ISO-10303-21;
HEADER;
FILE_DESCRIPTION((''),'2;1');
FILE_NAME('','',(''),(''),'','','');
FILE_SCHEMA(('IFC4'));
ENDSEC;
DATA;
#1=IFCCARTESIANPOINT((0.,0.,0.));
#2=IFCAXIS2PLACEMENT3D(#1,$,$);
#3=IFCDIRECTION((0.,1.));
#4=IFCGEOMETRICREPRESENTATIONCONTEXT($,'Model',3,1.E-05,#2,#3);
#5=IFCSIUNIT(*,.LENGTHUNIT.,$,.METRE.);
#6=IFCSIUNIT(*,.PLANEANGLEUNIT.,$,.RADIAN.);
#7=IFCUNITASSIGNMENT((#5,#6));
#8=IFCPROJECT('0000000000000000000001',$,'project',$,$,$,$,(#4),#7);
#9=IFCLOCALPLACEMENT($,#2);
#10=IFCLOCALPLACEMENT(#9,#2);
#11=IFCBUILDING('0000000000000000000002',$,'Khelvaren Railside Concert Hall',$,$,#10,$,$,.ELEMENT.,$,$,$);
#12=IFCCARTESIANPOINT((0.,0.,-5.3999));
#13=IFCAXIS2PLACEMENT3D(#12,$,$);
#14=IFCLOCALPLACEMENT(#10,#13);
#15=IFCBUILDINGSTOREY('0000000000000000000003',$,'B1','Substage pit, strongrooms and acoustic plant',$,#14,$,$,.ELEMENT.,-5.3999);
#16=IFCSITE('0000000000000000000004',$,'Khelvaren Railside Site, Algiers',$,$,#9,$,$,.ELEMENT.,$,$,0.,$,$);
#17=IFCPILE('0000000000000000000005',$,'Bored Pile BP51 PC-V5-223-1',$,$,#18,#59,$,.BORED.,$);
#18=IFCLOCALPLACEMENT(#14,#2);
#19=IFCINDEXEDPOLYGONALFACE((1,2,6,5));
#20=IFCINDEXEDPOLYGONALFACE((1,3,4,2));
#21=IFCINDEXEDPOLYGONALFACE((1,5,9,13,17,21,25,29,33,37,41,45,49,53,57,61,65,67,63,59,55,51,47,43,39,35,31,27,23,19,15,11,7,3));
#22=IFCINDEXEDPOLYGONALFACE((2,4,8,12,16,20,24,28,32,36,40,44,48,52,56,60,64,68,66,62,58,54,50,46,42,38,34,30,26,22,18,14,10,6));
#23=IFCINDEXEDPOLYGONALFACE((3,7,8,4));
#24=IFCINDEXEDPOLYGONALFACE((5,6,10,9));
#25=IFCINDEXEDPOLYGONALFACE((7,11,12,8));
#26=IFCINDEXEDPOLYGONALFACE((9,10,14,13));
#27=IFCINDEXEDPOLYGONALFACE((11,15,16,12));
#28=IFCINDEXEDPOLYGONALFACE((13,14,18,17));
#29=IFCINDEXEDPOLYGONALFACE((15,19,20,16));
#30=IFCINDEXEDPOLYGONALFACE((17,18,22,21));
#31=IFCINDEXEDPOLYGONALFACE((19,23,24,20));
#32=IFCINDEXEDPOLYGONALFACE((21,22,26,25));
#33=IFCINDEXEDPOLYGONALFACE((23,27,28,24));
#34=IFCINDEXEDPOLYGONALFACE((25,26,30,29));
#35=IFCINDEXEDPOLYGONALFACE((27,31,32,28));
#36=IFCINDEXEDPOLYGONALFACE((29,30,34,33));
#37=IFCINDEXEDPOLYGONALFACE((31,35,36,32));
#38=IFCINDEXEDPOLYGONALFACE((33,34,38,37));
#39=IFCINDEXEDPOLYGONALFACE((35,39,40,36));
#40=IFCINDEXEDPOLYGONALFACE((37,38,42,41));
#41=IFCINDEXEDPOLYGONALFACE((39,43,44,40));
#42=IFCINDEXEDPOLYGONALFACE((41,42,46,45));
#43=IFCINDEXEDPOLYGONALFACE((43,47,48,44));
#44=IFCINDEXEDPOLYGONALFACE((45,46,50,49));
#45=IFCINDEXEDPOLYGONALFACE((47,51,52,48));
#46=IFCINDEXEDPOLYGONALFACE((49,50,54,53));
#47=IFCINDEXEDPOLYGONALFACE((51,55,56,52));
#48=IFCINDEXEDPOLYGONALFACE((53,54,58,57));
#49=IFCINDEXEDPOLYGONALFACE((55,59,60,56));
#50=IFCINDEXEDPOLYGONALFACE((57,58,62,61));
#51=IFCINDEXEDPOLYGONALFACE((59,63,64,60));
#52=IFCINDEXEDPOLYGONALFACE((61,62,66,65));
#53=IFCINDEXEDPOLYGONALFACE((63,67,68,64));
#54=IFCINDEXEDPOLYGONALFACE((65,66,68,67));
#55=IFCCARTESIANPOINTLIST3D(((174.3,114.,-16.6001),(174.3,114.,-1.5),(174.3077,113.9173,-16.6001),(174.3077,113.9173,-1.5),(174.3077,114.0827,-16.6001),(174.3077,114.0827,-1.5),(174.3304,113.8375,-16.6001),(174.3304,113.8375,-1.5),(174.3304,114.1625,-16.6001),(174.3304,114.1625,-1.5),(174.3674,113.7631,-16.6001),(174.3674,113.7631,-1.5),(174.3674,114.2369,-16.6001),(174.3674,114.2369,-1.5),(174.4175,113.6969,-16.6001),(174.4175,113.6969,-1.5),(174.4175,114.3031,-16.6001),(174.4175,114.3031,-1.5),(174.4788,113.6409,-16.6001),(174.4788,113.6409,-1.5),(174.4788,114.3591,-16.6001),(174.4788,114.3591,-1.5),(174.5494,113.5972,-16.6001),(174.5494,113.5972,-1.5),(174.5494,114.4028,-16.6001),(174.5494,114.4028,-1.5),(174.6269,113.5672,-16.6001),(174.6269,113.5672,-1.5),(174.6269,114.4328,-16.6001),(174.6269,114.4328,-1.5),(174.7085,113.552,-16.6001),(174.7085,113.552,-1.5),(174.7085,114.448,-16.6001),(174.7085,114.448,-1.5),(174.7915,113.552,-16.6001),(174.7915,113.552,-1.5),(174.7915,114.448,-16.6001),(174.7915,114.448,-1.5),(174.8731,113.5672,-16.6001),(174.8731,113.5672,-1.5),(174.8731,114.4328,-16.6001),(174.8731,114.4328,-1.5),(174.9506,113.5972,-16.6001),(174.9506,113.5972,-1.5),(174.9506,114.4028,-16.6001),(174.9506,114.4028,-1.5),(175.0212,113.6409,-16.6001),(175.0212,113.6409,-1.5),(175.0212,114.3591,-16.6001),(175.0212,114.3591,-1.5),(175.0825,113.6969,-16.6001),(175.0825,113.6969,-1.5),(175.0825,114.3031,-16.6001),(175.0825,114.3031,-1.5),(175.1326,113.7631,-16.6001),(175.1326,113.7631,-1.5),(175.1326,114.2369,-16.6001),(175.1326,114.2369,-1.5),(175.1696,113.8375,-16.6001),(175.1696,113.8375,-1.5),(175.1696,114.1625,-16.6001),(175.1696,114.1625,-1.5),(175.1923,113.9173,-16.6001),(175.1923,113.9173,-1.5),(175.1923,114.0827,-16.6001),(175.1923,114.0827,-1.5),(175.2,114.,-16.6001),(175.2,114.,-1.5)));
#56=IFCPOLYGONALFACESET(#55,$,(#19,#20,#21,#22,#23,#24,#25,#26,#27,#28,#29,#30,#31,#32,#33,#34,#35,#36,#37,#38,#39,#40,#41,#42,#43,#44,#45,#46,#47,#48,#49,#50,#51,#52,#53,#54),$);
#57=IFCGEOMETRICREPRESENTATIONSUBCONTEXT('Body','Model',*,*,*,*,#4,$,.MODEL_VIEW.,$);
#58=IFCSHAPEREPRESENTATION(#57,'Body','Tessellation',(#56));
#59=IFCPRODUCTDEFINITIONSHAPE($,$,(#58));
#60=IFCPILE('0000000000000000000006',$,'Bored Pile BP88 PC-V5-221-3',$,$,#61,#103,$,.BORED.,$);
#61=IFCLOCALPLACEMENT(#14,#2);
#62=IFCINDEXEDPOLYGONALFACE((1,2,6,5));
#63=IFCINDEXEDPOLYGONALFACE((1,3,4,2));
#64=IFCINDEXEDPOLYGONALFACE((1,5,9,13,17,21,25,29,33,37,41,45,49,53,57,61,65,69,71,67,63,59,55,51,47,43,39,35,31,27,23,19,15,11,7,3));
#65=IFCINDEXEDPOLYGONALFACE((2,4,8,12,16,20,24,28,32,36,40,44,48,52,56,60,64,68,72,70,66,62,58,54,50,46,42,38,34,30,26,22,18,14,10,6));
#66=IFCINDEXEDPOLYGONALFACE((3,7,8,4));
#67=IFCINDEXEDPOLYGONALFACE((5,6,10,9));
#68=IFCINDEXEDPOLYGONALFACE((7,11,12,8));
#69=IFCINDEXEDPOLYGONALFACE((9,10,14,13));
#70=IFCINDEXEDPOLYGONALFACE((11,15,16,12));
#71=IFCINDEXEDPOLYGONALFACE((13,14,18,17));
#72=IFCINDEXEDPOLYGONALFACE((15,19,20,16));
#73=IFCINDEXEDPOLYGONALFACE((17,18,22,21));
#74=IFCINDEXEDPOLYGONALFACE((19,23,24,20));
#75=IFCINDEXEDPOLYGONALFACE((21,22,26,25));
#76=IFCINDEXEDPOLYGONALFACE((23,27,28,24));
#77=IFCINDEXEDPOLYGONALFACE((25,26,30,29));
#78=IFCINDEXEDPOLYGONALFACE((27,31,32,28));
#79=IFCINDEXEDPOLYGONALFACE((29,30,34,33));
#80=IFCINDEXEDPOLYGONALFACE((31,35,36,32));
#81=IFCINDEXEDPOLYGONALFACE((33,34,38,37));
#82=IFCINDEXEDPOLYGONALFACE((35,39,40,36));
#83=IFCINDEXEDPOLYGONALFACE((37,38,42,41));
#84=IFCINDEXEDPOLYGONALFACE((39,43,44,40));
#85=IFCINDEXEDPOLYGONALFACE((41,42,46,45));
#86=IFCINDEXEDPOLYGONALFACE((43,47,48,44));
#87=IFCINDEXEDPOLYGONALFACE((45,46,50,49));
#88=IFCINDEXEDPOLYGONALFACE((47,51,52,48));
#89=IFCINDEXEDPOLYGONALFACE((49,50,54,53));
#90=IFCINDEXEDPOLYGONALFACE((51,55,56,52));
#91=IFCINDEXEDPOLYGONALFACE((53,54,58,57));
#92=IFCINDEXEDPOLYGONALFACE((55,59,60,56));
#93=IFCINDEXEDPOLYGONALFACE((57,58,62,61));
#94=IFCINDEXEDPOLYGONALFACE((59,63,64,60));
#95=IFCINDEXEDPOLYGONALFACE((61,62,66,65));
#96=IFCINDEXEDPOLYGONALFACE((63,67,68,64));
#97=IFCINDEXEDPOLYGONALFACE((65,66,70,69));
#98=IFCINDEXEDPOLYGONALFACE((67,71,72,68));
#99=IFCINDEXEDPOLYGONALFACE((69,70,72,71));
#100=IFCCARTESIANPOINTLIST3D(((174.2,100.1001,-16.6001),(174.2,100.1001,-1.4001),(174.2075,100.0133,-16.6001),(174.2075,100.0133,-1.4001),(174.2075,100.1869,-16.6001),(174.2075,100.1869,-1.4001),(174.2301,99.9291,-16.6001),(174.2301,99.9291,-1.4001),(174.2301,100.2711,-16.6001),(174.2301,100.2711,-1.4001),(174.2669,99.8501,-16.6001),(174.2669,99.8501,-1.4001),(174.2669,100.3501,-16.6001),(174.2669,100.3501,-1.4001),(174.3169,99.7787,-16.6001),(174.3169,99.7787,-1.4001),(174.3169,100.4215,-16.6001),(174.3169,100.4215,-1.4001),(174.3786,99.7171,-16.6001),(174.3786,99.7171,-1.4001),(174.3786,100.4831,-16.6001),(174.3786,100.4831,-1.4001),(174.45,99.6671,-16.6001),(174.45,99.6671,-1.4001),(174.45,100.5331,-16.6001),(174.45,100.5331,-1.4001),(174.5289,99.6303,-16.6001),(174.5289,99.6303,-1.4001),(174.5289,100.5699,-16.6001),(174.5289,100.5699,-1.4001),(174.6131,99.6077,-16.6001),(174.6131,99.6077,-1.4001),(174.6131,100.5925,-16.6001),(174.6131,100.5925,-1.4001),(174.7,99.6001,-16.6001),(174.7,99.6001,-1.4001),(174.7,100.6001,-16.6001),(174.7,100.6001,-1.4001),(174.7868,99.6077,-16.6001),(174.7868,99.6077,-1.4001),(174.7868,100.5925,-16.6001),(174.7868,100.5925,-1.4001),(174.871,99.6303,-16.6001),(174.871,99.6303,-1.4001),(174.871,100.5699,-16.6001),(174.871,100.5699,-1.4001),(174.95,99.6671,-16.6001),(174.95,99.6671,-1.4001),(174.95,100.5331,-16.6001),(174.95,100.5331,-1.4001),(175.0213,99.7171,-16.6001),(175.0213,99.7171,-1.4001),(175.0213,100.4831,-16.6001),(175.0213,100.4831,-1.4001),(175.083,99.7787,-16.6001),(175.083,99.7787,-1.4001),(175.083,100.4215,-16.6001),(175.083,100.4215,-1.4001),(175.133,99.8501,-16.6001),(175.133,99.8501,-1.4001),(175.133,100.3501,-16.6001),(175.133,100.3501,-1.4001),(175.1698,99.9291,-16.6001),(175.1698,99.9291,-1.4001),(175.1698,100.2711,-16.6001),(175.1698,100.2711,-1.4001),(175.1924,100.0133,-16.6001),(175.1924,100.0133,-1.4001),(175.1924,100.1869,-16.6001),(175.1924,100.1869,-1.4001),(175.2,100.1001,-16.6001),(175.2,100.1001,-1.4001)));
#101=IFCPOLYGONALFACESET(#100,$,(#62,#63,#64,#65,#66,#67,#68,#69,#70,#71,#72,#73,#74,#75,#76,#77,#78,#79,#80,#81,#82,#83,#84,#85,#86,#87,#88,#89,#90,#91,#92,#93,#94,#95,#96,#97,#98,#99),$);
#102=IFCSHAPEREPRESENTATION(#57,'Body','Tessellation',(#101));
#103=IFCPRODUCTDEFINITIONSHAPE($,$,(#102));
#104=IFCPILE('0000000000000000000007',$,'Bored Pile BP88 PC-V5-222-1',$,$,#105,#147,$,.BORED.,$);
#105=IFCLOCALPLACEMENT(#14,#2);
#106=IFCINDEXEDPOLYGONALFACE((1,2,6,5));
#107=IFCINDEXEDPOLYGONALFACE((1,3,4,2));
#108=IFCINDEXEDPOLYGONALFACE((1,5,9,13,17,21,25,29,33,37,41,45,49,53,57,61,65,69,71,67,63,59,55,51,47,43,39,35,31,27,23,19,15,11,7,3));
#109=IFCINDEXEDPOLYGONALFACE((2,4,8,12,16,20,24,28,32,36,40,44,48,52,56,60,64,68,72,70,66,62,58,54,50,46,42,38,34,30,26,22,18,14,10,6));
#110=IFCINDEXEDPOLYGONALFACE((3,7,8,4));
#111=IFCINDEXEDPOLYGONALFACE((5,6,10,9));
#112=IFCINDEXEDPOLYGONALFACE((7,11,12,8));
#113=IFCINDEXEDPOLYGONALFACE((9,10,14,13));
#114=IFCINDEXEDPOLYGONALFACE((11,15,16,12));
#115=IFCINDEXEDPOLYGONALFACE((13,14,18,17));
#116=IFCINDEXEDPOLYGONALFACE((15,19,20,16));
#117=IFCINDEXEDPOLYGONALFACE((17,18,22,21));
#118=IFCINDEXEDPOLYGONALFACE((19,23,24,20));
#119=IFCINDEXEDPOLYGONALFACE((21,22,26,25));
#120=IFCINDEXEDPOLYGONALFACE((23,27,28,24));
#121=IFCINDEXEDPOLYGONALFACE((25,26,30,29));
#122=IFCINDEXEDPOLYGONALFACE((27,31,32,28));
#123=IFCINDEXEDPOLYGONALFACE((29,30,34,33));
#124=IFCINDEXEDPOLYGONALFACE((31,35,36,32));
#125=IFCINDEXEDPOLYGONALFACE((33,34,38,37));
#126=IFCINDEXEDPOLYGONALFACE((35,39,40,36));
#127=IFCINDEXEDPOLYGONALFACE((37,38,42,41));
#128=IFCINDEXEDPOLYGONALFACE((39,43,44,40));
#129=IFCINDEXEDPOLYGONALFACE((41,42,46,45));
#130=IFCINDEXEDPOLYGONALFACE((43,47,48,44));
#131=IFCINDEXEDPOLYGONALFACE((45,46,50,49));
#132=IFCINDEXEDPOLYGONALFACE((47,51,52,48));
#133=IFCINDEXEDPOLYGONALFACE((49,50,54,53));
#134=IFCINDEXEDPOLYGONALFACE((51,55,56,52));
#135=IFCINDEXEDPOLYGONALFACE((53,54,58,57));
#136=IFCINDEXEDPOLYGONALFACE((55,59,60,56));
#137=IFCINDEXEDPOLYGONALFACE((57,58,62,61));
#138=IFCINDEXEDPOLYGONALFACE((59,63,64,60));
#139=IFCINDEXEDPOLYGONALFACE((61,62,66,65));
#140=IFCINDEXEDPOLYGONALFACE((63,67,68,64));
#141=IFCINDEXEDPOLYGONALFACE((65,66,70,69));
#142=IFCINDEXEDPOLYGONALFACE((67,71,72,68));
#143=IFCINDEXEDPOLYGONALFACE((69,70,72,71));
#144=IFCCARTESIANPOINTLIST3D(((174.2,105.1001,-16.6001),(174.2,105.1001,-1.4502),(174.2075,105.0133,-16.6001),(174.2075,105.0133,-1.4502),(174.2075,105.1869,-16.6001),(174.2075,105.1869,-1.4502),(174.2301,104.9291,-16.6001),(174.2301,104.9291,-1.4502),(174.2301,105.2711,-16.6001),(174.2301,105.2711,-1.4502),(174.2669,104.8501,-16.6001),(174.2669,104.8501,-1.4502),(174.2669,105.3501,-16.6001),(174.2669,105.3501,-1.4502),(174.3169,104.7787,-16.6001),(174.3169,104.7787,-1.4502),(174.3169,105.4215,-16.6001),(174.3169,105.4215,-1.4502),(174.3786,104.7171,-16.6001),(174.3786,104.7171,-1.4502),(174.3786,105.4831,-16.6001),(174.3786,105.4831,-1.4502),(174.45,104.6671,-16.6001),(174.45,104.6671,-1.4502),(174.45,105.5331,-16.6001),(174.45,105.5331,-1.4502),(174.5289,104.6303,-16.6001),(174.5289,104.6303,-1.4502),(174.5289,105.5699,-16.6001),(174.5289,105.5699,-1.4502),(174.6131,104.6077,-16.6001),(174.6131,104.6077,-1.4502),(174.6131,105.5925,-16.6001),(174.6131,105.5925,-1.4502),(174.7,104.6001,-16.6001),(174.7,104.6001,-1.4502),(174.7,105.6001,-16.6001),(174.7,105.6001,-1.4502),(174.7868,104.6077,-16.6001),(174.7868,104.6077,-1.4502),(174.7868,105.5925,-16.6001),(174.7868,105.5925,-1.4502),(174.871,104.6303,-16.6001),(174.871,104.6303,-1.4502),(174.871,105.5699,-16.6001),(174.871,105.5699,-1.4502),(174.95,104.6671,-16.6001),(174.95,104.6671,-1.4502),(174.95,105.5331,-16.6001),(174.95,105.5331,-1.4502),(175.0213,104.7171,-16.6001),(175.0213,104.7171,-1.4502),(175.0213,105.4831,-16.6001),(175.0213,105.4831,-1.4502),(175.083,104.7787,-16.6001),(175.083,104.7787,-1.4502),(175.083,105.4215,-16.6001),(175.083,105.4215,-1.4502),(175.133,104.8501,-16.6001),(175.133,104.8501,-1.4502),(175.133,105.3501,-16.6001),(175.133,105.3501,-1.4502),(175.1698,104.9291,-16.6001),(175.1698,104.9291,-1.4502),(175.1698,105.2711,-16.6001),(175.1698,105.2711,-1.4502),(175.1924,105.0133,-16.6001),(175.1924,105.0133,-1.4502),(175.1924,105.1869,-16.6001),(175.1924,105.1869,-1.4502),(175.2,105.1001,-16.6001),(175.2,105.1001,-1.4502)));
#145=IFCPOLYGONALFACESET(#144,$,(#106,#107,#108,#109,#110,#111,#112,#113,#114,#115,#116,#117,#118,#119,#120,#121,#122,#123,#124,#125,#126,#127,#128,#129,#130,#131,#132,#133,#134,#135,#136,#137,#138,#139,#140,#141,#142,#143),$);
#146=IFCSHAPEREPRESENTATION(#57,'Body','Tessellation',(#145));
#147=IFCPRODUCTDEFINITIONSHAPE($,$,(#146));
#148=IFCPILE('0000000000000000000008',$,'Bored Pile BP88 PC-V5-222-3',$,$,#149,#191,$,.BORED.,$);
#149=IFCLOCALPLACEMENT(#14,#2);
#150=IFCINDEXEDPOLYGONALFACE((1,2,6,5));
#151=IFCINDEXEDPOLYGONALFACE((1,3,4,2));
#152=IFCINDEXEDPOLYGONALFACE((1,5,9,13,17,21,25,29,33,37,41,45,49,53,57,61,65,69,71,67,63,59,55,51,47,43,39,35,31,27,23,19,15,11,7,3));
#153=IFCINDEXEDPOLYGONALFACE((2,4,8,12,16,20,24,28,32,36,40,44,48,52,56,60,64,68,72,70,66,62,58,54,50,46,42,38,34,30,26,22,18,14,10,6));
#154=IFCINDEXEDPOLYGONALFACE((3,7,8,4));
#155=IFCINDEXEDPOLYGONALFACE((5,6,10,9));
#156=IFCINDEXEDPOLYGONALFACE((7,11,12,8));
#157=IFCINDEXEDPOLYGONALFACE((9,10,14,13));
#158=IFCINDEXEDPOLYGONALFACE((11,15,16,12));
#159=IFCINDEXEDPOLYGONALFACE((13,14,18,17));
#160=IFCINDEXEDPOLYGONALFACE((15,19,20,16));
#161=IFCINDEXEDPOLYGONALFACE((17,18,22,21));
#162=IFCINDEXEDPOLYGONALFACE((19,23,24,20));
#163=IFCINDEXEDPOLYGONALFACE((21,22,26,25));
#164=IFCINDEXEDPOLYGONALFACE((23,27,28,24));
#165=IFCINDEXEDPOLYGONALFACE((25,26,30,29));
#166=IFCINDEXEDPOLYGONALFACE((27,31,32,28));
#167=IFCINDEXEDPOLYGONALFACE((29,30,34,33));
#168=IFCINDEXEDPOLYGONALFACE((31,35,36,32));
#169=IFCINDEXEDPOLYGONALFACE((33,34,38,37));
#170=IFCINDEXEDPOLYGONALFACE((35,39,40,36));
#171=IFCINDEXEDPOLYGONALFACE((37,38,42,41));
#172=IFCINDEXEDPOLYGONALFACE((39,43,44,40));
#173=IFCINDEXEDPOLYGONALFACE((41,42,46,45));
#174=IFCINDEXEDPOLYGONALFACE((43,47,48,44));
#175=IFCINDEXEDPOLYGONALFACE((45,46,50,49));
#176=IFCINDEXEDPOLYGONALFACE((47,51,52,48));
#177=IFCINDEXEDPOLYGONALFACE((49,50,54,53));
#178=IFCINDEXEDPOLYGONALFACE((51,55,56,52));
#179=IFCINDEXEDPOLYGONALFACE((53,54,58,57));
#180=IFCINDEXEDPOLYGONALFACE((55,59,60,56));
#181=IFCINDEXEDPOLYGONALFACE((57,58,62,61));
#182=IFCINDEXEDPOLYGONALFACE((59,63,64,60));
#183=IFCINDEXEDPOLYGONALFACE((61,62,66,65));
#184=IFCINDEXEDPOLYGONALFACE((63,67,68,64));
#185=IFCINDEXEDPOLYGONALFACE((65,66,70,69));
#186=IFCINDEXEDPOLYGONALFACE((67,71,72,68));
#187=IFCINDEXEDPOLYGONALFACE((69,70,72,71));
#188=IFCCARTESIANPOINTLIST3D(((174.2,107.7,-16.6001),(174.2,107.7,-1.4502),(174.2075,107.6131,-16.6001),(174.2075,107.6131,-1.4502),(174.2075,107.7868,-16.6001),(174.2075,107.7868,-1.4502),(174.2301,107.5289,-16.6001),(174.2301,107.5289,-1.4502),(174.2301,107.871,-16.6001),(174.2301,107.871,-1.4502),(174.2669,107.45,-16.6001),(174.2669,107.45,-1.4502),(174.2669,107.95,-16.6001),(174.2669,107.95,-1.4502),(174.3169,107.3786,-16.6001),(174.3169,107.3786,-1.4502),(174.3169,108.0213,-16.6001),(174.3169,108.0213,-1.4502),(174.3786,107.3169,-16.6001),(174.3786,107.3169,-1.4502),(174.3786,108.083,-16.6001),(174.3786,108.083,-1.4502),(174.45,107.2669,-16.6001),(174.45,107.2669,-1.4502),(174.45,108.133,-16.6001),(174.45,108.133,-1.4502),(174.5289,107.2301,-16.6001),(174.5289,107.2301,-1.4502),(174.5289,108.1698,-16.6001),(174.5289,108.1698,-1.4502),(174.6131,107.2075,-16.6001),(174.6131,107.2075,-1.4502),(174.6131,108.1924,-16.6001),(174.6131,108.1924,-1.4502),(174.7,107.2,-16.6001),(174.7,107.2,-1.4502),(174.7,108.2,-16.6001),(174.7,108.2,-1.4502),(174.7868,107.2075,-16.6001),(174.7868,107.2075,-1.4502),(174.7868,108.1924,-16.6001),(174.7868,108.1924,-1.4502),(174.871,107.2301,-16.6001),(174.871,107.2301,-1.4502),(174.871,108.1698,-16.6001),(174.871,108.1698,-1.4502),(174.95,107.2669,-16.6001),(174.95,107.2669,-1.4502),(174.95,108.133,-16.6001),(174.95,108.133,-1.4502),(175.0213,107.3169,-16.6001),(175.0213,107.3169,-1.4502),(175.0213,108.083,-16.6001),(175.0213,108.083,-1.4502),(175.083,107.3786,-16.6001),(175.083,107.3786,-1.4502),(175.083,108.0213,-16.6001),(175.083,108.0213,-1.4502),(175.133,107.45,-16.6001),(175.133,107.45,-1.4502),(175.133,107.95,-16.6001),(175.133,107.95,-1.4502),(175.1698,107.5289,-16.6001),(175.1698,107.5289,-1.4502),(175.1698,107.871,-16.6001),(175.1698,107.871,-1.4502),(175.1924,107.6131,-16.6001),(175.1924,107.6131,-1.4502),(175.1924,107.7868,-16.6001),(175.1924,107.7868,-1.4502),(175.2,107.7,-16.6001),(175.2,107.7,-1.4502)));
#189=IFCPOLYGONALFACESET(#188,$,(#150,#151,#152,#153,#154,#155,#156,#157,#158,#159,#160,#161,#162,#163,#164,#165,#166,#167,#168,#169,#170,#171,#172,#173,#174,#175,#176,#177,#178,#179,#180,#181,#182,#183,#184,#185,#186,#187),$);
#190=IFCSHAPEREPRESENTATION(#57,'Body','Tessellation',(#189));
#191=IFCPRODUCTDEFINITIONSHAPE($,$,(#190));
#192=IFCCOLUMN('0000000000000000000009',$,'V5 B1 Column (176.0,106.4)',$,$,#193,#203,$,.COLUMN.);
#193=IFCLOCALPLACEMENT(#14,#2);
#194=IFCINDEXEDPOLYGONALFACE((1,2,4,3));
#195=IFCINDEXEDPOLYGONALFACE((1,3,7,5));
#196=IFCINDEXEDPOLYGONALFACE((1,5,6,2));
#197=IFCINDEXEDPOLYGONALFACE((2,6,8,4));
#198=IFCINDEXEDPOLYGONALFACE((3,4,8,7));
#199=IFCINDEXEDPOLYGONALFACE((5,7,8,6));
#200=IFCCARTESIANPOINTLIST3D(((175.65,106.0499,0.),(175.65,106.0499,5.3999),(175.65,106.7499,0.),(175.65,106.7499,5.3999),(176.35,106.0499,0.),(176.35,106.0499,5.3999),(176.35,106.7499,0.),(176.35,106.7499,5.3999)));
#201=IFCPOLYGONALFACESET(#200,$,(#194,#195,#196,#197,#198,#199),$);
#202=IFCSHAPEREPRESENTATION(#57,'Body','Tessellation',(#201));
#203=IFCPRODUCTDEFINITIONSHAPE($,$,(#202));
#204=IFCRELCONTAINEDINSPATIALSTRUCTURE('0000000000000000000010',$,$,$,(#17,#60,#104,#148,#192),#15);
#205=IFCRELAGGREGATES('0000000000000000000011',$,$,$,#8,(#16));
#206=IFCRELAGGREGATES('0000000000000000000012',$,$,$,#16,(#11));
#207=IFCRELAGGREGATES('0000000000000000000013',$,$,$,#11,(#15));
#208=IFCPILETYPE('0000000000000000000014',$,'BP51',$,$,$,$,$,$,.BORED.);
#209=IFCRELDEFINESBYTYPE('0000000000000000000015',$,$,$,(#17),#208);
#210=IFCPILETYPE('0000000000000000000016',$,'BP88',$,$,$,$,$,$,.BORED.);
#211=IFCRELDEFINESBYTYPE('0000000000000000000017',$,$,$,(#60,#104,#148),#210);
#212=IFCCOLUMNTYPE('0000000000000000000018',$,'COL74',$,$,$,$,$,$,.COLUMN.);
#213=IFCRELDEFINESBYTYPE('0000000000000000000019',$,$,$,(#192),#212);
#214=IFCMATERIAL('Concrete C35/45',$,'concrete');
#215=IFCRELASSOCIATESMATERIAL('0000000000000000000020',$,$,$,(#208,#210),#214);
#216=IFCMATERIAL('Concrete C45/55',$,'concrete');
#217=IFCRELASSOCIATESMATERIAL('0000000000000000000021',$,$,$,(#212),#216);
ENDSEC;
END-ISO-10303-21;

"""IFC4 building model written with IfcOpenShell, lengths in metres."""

from ifc_helpers import new_model, si_unit, direction, frame, origin, origin_2d, place, context, subcontext, project, spatial, rectangle, circle, extrude, material, material_profile, profile_set, type_object, element, save


model = new_model("IFC4")

# Units and contexts
model_context = context("Model", 3, precision=1e-05, world=origin(), true_north=direction((0.0, 1.0)))
body_context = subcontext(model_context, "Body", "Model", "MODEL_VIEW")
ifc_project = project(units=[si_unit("LENGTHUNIT", "METRE"), si_unit("PLANEANGLEUNIT", "RADIAN")], contexts=[model_context])

# Site, building, storey
site_placement = place(None, origin())
site = spatial("IfcSite", under=ifc_project, at=site_placement, Name="Khelvaren Railside Site, Algiers", CompositionType="ELEMENT", RefElevation=0.0)
building_placement = place(site_placement, origin())
building = spatial("IfcBuilding", under=site, at=building_placement, Name="Khelvaren Railside Concert Hall", CompositionType="ELEMENT")
storey_placement = place(building_placement, frame((0.0, 0.0, -5.3999)))
storey = spatial("IfcBuildingStorey", under=building, at=storey_placement, Name="B1", Description="Substage pit, strongrooms and acoustic plant", CompositionType="ELEMENT", Elevation=-5.3999)

# Piles
ifc_material_1 = material(Name="Concrete C35/45", Category="concrete")
ifc_material_profile_1 = material_profile(ifc_material_1, circle(Radius=0.45, at=origin_2d()), Name="BP D900")
ifc_profile_set_1 = profile_set([ifc_material_profile_1], Name="Concrete C35/45")
pile_type_1 = type_object("IfcPileType", Name="BP51", PredefinedType="BORED", material=ifc_profile_set_1)
pile_1_placement = place(storey_placement, frame((174.75, 114.0, -1.5), z_axis=(0.0, 0.0, -1.0), x_axis=(1.0, 0.0, 0.0)))
element("IfcPile", 1, at=pile_1_placement, inside=storey, type_object=pile_type_1, Name="Bored Pile BP51 PC-V5-223-1", PredefinedType="BORED", context=body_context, shape_type="SweptSolid", body=[
    extrude(circle(Radius=0.45, at=origin_2d()), origin(), (0.0, 0.0, 1.0), 15.1001),
])
ifc_material_profile_2 = material_profile(ifc_material_1, circle(Radius=0.5, at=origin_2d()), Name="BP D1000")
ifc_profile_set_2 = profile_set([ifc_material_profile_2], Name="Concrete C35/45")
pile_type_2 = type_object("IfcPileType", Name="BP88", PredefinedType="BORED", material=ifc_profile_set_2)
pile_2_placement = place(storey_placement, frame((174.7, 100.1001, -1.4001), z_axis=(0.0, 0.0, -1.0), x_axis=(1.0, 0.0, 0.0)))
element("IfcPile", 2, at=pile_2_placement, inside=storey, type_object=pile_type_2, Name="Bored Pile BP88 PC-V5-221-3", PredefinedType="BORED", context=body_context, shape_type="SweptSolid", body=[
    extrude(circle(Radius=0.5, at=origin_2d()), origin(), (0.0, 0.0, 1.0), 15.2),
])
for number, where, z_axis, x_axis, name in (
    (3, (174.7, 105.1001, -1.4502), (0.0, 0.0, -1.0), (1.0, 0.0, 0.0), "Bored Pile BP88 PC-V5-222-1"),
    (4, (174.7, 107.7, -1.4502), (0.0, 0.0, -1.0), (1.0, 0.0, 0.0), "Bored Pile BP88 PC-V5-222-3"),
):
    element("IfcPile", number, at=place(storey_placement, frame(where, z_axis=z_axis, x_axis=x_axis)), inside=storey, type_object=pile_type_2, Name=name, PredefinedType="BORED", context=body_context, shape_type="SweptSolid", body=[
        extrude(circle(Radius=0.5, at=origin_2d()), origin(), (0.0, 0.0, 1.0), 15.1499),
    ])

# Column
ifc_material_2 = material(Name="Concrete C45/55", Category="concrete")
ifc_material_profile_3 = material_profile(ifc_material_2, rectangle(XDim=0.7, YDim=0.7, at=origin_2d()), Name="RC 700x700")
ifc_profile_set_3 = profile_set([ifc_material_profile_3], Name="Concrete C45/55")
column_type = type_object("IfcColumnType", Name="COL74", PredefinedType="COLUMN", material=ifc_profile_set_3)
column_placement = place(storey_placement, frame((176.0, 106.3999, 0.0), z_axis=(0.0, 0.0, 1.0), x_axis=(1.0, 0.0, 0.0)))
element("IfcColumn", 5, at=column_placement, inside=storey, type_object=column_type, Name="V5 B1 Column (176.0,106.4)", PredefinedType="COLUMN", context=body_context, shape_type="SweptSolid", body=[
    extrude(rectangle(XDim=0.7, YDim=0.7, at=origin_2d()), origin(), (0.0, 0.0, 1.0), 5.3999),
])

save(model, "model.ifc")
